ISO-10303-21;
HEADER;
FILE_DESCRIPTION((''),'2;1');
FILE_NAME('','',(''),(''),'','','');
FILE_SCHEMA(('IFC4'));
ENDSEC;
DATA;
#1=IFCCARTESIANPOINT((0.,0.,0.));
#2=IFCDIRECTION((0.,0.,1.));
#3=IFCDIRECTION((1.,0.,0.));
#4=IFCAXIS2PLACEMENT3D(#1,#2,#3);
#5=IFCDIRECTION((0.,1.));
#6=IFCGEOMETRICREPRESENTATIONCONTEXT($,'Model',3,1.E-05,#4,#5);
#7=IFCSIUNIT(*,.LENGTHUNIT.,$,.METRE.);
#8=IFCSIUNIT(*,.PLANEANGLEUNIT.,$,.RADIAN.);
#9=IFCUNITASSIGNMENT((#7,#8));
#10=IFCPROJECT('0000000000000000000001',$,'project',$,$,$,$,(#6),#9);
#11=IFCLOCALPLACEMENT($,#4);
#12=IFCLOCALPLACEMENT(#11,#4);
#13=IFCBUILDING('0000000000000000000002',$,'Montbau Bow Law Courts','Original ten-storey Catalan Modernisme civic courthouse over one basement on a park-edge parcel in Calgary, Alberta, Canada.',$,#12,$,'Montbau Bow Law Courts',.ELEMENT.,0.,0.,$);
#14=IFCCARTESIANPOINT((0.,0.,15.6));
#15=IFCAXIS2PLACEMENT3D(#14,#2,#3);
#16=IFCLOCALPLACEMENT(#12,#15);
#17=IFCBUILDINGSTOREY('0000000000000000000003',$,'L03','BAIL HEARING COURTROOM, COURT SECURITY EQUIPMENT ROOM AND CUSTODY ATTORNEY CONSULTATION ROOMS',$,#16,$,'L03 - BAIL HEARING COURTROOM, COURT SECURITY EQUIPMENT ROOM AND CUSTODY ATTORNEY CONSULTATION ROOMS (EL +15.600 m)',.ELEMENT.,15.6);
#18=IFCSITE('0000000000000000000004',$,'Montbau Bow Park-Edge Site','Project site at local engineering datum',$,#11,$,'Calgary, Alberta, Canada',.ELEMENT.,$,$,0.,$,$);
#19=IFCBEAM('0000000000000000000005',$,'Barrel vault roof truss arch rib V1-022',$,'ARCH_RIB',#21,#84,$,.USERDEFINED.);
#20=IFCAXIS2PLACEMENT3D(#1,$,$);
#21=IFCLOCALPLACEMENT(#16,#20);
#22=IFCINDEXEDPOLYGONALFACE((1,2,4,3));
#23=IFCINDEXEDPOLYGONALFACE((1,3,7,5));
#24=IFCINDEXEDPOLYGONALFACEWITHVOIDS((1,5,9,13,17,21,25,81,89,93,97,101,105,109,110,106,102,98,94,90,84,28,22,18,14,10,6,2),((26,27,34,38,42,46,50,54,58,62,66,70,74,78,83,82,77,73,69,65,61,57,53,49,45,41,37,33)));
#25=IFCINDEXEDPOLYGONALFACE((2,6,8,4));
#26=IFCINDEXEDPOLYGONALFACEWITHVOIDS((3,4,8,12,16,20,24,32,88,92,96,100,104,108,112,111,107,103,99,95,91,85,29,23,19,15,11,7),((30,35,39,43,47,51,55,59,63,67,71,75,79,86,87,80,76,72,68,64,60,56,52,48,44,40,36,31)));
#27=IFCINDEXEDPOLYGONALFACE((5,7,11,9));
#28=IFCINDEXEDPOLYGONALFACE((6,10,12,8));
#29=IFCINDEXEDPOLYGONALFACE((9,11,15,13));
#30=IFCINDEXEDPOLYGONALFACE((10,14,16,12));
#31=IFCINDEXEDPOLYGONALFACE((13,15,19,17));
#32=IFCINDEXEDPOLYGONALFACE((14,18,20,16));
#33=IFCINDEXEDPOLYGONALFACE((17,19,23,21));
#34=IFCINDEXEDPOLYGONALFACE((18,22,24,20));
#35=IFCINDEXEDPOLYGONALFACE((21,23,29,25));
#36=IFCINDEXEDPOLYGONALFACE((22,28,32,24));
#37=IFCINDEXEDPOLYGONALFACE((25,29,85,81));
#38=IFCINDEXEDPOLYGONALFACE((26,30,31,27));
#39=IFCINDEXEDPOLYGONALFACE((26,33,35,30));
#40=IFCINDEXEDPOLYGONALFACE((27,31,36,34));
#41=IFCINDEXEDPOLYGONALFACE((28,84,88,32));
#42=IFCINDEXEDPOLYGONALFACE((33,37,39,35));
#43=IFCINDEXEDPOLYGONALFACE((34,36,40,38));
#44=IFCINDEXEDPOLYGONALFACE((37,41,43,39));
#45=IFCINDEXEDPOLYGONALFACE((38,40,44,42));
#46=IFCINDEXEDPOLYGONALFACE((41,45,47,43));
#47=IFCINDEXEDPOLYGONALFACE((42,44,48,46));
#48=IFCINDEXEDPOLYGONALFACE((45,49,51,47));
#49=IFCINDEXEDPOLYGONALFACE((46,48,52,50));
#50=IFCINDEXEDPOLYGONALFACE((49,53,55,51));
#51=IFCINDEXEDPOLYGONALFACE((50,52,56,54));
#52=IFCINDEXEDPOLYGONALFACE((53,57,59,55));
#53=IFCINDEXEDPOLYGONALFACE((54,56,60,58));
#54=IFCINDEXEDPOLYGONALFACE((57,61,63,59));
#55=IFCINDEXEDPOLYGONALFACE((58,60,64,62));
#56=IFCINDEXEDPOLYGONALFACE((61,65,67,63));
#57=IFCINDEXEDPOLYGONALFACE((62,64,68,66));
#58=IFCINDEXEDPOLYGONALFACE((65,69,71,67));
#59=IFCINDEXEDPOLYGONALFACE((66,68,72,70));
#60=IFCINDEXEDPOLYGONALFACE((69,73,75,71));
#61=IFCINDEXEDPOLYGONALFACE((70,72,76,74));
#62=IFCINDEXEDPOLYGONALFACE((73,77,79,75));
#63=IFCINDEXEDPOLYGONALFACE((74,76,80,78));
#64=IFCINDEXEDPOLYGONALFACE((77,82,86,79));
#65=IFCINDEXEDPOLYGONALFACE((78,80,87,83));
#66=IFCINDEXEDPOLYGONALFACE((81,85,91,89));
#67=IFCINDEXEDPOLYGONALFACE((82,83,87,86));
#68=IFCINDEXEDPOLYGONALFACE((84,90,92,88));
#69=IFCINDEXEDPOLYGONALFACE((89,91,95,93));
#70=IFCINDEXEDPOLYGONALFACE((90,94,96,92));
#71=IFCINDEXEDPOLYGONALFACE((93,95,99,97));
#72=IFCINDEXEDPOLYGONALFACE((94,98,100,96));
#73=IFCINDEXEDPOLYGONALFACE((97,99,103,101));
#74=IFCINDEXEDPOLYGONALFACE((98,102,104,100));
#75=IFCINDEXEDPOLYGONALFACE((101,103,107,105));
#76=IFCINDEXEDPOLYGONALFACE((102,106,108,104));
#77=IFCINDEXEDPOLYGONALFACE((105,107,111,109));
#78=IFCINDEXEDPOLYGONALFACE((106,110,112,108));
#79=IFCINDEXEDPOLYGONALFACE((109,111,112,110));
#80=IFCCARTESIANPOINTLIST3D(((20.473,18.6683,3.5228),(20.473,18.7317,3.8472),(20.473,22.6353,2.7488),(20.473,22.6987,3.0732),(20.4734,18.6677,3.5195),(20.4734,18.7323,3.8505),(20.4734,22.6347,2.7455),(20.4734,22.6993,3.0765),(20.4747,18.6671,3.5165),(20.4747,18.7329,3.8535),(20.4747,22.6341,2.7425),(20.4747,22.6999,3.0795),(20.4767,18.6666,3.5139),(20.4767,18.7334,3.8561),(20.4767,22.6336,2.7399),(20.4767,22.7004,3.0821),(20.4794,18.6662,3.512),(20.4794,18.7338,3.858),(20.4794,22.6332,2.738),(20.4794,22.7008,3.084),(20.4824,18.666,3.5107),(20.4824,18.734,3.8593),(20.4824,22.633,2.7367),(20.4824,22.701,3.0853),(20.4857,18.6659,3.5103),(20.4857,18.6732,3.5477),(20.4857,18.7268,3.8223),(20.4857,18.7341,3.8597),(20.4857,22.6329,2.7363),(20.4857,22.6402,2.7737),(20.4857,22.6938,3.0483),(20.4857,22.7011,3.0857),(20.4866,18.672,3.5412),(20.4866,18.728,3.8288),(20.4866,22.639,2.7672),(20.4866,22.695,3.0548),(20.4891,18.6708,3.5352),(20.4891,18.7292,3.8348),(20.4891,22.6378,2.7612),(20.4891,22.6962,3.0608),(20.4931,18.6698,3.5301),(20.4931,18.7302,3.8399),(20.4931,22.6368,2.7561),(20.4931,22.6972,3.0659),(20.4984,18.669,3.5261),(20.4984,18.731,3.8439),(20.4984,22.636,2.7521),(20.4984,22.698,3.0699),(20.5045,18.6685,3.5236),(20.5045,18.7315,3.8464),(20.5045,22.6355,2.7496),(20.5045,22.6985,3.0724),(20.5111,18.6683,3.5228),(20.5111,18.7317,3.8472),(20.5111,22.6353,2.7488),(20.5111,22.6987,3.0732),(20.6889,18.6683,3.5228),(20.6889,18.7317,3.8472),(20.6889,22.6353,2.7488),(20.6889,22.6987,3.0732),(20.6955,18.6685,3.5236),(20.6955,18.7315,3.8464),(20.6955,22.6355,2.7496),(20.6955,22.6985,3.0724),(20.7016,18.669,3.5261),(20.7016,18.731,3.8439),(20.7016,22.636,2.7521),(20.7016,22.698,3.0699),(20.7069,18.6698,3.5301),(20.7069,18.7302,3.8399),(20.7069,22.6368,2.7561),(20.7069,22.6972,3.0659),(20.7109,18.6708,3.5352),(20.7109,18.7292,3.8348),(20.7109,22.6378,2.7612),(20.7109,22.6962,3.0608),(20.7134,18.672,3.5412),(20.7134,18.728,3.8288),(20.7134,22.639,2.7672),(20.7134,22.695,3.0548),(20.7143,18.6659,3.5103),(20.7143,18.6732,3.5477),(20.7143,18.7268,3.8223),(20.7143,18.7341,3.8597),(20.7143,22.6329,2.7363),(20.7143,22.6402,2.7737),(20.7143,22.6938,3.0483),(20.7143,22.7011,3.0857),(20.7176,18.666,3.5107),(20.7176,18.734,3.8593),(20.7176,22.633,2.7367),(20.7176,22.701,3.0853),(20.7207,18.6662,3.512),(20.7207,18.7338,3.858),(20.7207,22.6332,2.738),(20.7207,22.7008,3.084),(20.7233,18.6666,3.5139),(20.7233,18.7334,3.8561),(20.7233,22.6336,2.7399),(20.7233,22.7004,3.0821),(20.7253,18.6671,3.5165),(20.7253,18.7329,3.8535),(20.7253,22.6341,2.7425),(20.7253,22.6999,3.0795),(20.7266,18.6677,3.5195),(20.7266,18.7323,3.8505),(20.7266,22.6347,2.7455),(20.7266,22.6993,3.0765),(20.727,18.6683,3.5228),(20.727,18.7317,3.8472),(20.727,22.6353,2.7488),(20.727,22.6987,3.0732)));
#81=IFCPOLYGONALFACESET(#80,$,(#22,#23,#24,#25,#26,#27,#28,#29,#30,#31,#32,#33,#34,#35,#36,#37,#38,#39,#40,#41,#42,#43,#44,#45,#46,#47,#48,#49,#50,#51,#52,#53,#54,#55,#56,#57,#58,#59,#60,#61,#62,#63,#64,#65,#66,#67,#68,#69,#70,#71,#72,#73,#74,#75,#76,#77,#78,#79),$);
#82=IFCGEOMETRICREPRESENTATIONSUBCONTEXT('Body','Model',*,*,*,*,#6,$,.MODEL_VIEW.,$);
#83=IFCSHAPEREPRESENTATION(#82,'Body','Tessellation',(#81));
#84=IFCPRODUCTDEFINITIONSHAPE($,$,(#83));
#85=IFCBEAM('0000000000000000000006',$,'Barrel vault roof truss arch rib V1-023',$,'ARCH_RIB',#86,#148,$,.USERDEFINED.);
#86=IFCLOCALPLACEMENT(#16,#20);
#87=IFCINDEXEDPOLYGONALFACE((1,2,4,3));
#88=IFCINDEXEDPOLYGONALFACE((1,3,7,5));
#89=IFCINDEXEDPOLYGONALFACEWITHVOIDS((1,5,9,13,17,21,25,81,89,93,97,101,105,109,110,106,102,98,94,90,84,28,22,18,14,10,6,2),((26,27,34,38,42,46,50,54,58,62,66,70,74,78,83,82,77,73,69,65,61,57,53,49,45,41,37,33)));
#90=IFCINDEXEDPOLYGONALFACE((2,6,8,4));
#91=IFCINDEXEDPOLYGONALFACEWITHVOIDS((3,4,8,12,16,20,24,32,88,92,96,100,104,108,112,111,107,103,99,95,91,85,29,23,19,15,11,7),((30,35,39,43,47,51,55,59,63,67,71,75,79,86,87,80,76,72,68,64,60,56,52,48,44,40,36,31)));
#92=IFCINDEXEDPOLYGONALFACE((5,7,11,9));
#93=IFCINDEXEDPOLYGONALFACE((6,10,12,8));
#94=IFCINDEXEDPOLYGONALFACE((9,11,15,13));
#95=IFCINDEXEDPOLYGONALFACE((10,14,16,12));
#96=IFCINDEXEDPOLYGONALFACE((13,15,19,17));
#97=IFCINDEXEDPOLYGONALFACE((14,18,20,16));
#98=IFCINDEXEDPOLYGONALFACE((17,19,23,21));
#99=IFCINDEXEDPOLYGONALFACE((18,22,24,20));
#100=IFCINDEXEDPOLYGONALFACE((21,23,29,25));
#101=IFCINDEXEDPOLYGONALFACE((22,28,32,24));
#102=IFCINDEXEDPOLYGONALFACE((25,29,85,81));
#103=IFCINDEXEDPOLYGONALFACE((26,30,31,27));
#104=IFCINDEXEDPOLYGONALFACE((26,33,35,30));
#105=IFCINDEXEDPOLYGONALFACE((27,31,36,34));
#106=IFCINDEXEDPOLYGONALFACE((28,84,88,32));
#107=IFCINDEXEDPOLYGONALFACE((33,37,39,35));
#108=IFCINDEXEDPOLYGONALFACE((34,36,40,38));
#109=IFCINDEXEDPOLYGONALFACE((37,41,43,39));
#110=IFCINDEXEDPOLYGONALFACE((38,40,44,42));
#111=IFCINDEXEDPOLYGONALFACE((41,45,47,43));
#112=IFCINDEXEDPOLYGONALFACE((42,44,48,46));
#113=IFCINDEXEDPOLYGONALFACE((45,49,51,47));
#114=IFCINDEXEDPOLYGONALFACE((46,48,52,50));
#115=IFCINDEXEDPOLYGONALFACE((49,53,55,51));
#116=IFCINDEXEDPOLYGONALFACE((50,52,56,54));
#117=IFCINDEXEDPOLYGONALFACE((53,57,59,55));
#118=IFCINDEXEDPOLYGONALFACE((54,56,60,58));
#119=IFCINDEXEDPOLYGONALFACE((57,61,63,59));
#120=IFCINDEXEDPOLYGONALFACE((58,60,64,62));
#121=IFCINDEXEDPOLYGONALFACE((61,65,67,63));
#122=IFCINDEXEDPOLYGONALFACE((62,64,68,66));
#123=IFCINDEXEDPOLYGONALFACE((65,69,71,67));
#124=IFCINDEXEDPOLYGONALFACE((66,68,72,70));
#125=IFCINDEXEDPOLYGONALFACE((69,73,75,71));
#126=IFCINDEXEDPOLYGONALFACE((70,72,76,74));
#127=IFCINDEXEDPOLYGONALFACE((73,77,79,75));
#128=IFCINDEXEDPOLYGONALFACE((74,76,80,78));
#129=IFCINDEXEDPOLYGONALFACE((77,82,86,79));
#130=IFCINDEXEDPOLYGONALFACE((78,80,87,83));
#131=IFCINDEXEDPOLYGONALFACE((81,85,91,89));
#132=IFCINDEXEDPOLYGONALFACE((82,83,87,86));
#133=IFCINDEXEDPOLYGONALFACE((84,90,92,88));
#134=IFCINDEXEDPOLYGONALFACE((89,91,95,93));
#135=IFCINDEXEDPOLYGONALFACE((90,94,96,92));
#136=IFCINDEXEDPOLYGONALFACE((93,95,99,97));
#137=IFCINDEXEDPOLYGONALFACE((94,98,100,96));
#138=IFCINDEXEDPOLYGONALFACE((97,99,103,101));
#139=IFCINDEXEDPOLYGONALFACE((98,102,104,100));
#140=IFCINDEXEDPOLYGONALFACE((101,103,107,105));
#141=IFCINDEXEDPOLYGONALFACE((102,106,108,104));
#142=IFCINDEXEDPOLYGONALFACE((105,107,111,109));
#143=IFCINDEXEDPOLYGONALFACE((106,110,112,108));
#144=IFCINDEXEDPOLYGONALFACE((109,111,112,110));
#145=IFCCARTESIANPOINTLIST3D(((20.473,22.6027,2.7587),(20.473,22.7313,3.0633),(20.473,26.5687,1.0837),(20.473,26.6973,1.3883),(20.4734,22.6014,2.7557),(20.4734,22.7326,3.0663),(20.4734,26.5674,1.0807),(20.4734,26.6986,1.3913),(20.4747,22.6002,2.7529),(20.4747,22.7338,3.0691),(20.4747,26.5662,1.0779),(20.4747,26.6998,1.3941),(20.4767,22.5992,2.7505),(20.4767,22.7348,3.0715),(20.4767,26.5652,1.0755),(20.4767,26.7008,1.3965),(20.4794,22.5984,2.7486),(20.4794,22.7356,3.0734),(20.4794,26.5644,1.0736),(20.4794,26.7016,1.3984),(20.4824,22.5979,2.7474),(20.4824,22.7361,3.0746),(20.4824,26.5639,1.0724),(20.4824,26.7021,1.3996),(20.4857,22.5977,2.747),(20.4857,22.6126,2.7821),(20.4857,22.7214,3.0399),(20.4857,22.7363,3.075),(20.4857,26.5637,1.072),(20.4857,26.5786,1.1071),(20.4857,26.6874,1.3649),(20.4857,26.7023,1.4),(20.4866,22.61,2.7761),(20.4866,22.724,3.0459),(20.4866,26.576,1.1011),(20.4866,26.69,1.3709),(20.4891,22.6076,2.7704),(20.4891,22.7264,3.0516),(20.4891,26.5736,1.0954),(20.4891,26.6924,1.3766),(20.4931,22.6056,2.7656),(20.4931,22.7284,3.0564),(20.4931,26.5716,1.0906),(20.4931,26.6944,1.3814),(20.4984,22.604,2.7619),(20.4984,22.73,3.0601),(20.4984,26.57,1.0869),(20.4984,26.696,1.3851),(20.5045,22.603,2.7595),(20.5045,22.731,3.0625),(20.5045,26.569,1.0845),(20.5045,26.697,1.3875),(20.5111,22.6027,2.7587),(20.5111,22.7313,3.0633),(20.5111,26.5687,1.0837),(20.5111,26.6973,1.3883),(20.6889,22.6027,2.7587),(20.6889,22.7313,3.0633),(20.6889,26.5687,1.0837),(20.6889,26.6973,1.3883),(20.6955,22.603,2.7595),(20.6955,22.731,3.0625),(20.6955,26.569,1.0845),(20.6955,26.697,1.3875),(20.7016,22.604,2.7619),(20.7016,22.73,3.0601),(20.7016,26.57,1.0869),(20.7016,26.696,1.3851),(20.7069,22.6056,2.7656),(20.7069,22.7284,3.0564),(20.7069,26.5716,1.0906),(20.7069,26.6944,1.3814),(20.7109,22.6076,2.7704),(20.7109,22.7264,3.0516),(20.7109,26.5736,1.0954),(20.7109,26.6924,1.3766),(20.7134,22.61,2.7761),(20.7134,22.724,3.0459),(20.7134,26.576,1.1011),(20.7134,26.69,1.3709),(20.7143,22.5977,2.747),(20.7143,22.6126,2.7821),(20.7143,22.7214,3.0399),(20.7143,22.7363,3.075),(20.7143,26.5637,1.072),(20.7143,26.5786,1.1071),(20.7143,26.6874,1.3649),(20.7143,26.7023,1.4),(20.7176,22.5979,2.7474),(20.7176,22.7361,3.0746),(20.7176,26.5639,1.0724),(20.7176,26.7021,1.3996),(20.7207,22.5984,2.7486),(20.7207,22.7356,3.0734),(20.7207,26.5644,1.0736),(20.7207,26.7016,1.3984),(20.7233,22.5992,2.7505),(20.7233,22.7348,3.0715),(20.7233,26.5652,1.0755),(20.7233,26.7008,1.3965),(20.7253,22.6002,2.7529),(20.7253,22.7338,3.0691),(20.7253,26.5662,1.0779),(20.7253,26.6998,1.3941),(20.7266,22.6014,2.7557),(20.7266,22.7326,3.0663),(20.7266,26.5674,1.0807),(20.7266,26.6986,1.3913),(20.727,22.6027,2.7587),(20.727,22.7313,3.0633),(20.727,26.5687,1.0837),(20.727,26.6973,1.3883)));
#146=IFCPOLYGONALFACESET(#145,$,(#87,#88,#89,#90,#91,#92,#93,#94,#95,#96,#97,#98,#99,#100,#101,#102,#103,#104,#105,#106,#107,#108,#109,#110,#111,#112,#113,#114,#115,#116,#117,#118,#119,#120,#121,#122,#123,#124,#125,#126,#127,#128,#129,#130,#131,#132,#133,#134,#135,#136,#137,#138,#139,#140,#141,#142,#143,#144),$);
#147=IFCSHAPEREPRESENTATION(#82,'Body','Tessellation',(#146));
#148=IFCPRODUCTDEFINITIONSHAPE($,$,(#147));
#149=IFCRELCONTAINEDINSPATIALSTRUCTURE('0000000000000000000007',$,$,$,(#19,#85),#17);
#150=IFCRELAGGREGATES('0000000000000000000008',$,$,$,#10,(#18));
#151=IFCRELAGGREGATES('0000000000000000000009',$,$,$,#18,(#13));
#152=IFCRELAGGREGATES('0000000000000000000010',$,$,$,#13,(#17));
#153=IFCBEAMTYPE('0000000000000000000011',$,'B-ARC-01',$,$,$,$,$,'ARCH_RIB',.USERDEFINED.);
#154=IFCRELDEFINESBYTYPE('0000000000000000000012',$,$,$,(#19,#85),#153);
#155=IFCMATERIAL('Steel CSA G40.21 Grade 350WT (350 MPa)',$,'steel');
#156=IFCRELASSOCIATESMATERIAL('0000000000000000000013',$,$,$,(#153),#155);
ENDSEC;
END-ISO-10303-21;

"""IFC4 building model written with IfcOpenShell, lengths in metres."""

from ifc_helpers import new_model, si_unit, direction, frame, origin_with_axes, origin_2d_with_axis, place, context, subcontext, project, spatial, hollow_rectangle, extrude, material, material_profile, profile_set, type_object, element, save


model = new_model("IFC4")

# Units and contexts
model_context = context("Model", 3, precision=1e-05, world=origin_with_axes(), true_north=direction((0.0, 1.0)))
body_context = subcontext(model_context, "Body", "Model", "MODEL_VIEW")
ifc_project = project(units=[si_unit("LENGTHUNIT", "METRE"), si_unit("PLANEANGLEUNIT", "RADIAN")], contexts=[model_context])

# Site, building, storey
site_placement = place(None, origin_with_axes())
site = spatial("IfcSite", under=ifc_project, at=site_placement, Name="Montbau Bow Park-Edge Site", Description="Project site at local engineering datum", LongName="Calgary, Alberta, Canada", CompositionType="ELEMENT", RefElevation=0.0)
building_placement = place(site_placement, origin_with_axes())
building = spatial("IfcBuilding", under=site, at=building_placement, Name="Montbau Bow Law Courts", Description="Original ten-storey Catalan Modernisme civic courthouse over one basement on a park-edge parcel in Calgary, Alberta, Canada.", LongName="Montbau Bow Law Courts", CompositionType="ELEMENT", ElevationOfRefHeight=0.0, ElevationOfTerrain=0.0)
storey_placement = place(building_placement, frame((0.0, 0.0, 15.6), z_axis=(0.0, 0.0, 1.0), x_axis=(1.0, 0.0, 0.0)))
storey = spatial("IfcBuildingStorey", under=building, at=storey_placement, Name="L03", Description="BAIL HEARING COURTROOM, COURT SECURITY EQUIPMENT ROOM AND CUSTODY ATTORNEY CONSULTATION ROOMS", LongName="L03 - BAIL HEARING COURTROOM, COURT SECURITY EQUIPMENT ROOM AND CUSTODY ATTORNEY CONSULTATION ROOMS (EL +15.600 m)", CompositionType="ELEMENT", Elevation=15.6)

# Beams
ifc_material_1 = material(Name="Steel CSA G40.21 Grade 350WT (350 MPa)", Category="steel")
ifc_material_profile_1 = material_profile(ifc_material_1, hollow_rectangle(XDim=0.254, YDim=0.356, WallThickness=0.0127, InnerFilletRadius=0.0254, OuterFilletRadius=0.0127, at=origin_2d_with_axis()), Name="HSS356X254X13", Category="Main", Priority=0)
ifc_profile_set_1 = profile_set([ifc_material_profile_1], Name="Steel CSA G40.21 Grade 350WT (350 MPa)")
beam_type = type_object("IfcBeamType", Name="B-ARC-01", ElementType="ARCH_RIB", PredefinedType="USERDEFINED", material=ifc_profile_set_1)
for number, where, z_axis, x_axis, name in (
    (1, (20.6, 18.7, 19.285), (0.0, 0.981493, -0.191499), (-1.0, 0.0, 0.0), "Barrel vault roof truss arch rib V1-022"),
):
    element("IfcBeam", number, at=place(None, frame(where, z_axis=z_axis, x_axis=x_axis)), inside=storey, type_object=beam_type, Name=name, ObjectType="ARCH_RIB", PredefinedType="USERDEFINED", context=body_context, shape_type="SweptSolid", body=[
        extrude(hollow_rectangle(XDim=0.254, YDim=0.356, WallThickness=0.0127, InnerFilletRadius=0.0254, OuterFilletRadius=0.0127, at=origin_2d_with_axis()), origin_with_axes(), (0.0, 0.0, 1.0), 4.0418),
    ])
for number, where, z_axis, x_axis, name in (
    (2, (20.6, 22.667, 18.511), (0.0, 0.921211, -0.389064), (-1.0, 0.0, 0.0), "Barrel vault roof truss arch rib V1-023"),
):
    element("IfcBeam", number, at=place(None, frame(where, z_axis=z_axis, x_axis=x_axis)), inside=storey, type_object=beam_type, Name=name, ObjectType="ARCH_RIB", PredefinedType="USERDEFINED", context=body_context, shape_type="SweptSolid", body=[
        extrude(hollow_rectangle(XDim=0.254, YDim=0.356, WallThickness=0.0127, InnerFilletRadius=0.0254, OuterFilletRadius=0.0127, at=origin_2d_with_axis()), origin_with_axes(), (0.0, 0.0, 1.0), 4.3052),
    ])

save(model, "model.ifc")
